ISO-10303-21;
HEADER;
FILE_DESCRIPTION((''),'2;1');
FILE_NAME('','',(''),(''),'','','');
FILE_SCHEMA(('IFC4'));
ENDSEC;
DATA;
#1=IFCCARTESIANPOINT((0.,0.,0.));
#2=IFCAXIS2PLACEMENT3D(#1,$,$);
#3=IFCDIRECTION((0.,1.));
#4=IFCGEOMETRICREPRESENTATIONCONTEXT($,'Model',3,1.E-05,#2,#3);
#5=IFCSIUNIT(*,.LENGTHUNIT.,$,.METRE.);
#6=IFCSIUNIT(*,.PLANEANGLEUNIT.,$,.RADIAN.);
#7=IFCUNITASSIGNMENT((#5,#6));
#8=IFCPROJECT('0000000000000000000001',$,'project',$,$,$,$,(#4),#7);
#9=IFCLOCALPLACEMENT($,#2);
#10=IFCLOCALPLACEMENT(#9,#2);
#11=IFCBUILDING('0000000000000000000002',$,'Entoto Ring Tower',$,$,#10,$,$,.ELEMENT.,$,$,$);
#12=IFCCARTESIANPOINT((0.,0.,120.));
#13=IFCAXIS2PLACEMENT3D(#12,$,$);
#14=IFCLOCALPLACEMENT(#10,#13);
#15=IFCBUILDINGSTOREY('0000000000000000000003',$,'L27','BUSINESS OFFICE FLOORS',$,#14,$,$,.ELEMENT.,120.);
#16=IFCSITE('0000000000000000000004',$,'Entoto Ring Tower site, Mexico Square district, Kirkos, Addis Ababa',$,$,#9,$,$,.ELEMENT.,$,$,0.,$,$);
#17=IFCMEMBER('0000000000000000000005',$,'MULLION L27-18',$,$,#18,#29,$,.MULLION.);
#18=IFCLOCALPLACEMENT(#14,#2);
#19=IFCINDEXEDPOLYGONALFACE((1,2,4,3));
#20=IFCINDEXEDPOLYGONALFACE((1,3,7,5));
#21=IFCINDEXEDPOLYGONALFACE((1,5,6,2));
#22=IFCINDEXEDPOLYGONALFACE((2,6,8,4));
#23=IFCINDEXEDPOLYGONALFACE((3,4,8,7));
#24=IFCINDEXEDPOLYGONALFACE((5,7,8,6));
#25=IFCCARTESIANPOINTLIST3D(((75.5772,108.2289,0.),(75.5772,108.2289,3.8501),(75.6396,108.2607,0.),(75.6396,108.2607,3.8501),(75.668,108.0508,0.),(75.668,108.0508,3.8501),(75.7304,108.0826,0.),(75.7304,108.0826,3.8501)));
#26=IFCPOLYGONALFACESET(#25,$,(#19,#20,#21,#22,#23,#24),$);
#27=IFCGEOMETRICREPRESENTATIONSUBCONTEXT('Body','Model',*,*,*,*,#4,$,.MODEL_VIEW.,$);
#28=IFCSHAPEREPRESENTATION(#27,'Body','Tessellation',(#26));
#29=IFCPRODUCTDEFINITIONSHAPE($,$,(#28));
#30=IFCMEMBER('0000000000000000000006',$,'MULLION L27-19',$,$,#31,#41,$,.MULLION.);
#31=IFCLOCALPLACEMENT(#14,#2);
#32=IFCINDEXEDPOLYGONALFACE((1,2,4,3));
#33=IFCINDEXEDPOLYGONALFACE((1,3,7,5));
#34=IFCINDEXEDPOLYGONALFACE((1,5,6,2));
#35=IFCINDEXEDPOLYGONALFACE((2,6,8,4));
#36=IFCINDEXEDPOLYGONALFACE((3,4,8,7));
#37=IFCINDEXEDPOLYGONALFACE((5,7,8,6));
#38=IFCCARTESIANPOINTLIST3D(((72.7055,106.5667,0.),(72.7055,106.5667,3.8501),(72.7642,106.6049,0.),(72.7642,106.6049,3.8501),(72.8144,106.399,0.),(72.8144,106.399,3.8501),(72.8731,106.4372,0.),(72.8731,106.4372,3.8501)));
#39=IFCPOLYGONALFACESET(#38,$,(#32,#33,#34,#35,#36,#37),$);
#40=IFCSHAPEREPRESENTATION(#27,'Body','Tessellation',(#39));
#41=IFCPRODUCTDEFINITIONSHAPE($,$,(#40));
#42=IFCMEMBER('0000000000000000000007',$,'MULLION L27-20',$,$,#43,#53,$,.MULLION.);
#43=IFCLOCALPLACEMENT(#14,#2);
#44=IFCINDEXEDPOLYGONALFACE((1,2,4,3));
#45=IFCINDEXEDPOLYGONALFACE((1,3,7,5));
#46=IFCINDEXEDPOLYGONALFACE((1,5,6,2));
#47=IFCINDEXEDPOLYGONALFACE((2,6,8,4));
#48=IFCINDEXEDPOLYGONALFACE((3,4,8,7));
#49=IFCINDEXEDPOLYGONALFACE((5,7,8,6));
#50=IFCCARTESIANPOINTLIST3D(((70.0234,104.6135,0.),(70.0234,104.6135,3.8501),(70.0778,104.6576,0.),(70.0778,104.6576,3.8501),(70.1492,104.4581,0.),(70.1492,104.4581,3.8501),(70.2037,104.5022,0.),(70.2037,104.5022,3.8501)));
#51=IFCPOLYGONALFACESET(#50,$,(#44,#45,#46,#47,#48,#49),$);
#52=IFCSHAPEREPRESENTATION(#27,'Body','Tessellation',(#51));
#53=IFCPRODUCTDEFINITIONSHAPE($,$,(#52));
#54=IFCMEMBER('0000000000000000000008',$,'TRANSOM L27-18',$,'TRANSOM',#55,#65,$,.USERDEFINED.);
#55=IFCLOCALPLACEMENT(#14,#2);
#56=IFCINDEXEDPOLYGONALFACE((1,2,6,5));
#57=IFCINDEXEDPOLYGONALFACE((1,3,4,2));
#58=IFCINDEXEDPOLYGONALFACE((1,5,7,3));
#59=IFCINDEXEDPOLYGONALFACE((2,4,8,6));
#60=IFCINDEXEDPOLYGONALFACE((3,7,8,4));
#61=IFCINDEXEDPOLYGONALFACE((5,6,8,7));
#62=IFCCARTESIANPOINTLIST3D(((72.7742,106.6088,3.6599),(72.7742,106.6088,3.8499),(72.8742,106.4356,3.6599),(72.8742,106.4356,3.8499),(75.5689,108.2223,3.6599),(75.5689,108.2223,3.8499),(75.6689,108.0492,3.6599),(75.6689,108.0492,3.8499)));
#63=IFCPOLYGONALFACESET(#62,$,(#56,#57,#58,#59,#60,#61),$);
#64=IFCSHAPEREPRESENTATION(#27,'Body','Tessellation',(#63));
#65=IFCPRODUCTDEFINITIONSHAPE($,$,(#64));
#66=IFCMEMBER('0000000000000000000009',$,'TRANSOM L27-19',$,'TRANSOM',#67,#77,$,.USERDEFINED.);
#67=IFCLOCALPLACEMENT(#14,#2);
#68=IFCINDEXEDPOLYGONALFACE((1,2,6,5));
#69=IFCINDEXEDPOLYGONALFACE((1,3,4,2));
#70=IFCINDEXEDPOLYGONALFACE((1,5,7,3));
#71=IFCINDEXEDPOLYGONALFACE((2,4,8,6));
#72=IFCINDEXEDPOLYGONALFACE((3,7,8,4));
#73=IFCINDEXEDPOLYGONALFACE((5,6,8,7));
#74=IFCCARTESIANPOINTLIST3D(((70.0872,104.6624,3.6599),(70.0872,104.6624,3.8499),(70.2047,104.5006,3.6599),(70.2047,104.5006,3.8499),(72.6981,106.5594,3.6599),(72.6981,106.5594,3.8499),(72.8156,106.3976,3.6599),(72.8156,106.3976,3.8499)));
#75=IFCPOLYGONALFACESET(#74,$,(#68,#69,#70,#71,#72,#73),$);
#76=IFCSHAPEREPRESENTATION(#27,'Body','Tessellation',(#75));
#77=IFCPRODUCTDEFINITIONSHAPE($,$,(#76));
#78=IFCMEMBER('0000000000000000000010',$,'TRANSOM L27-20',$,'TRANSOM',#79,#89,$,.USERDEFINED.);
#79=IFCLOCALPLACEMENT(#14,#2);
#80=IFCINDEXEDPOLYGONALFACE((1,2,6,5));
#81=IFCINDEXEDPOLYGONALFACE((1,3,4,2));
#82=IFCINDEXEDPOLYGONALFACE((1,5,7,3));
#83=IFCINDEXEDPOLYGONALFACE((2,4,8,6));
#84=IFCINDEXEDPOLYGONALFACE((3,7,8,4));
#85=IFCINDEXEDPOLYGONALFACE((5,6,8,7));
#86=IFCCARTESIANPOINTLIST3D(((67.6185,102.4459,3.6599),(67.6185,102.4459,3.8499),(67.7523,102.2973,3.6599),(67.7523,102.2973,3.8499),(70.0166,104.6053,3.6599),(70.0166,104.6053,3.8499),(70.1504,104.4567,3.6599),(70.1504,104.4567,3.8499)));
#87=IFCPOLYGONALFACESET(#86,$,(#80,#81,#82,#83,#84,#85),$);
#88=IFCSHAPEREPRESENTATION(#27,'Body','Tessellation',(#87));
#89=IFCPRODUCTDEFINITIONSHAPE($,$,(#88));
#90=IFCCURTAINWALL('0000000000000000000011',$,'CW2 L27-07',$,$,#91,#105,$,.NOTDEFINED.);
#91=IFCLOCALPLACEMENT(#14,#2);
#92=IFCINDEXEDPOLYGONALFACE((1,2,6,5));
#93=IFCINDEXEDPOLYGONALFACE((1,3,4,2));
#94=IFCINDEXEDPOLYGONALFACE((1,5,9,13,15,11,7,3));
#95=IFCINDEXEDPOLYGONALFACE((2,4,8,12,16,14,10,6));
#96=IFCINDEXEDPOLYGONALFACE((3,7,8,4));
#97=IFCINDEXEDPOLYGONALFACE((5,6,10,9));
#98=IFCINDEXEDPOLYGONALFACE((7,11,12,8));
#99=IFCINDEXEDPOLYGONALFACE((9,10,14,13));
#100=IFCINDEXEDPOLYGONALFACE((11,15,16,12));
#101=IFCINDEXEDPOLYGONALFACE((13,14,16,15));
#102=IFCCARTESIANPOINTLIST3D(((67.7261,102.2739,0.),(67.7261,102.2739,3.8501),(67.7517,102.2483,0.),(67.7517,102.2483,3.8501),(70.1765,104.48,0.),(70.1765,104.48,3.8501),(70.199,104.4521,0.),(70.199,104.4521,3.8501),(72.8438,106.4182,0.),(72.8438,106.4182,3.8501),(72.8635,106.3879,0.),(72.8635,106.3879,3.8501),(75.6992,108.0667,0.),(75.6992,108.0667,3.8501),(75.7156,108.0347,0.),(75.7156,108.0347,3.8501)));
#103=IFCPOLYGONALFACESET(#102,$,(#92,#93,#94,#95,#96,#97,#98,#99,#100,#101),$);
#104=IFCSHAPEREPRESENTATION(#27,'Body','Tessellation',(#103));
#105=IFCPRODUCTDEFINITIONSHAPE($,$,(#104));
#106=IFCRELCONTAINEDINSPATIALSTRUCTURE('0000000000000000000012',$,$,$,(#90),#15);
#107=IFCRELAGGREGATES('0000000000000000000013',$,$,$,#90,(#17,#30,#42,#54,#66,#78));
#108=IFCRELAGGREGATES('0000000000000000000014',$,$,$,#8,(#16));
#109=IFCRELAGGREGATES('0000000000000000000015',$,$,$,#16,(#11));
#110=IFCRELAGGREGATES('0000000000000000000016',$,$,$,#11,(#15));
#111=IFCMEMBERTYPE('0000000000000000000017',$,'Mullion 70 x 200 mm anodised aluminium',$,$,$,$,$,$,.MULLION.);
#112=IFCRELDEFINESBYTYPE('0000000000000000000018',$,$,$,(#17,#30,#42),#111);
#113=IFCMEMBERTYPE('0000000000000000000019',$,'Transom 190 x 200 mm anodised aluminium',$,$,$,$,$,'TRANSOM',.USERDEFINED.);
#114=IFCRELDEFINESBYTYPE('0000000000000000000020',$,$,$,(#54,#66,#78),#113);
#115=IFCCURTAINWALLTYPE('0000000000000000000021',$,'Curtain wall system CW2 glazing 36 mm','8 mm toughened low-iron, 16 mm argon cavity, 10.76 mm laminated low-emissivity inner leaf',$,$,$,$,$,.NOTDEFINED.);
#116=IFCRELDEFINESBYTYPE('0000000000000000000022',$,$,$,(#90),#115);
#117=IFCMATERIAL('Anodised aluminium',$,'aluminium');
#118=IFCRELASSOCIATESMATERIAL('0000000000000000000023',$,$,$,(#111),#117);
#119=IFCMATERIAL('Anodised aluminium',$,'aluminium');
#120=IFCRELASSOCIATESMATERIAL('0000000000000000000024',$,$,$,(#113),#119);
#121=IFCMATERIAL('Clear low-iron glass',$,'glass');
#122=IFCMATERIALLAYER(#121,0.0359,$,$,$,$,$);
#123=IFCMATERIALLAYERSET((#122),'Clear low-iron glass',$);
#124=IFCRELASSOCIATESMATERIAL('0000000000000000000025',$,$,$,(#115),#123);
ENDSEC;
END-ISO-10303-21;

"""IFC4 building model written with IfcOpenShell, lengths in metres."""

from ifc_helpers import new_model, si_unit, direction, frame, origin, origin_2d, place, context, subcontext, project, spatial, polyline, rectangle, outline, extrude, material, layer, layer_set, material_profile, profile_set, type_object, element, aggregate, save


model = new_model("IFC4")

# Units and contexts
model_context = context("Model", 3, precision=1e-05, world=origin(), true_north=direction((0.0, 1.0)))
body_context = subcontext(model_context, "Body", "Model", "MODEL_VIEW")
ifc_project = project(units=[si_unit("LENGTHUNIT", "METRE"), si_unit("PLANEANGLEUNIT", "RADIAN")], contexts=[model_context])

# Members
ifc_material_1 = material(Name="Anodised aluminium", Category="aluminium")
ifc_material_profile_1 = material_profile(ifc_material_1, rectangle(XDim=0.0701, YDim=0.2, at=origin_2d()), Name="Mullion 70 x 200 mm anodised aluminium")
ifc_profile_set_1 = profile_set([ifc_material_profile_1], Name="Anodised aluminium")
member_type_1 = type_object("IfcMemberType", Name="Mullion 70 x 200 mm anodised aluminium", PredefinedType="MULLION", material=ifc_profile_set_1)
site_placement = place(None, origin())
building_placement = place(site_placement, origin())
storey_placement = place(building_placement, frame((0.0, 0.0, 120.0)))
member_1_placement = place(storey_placement, frame((75.6538, 108.1558, 0.0), z_axis=(0.0, 0.0, 1.0), x_axis=(-0.891007, -0.45399, 0.0)))
member_1 = element("IfcMember", 1, at=member_1_placement, type_object=member_type_1, Name="MULLION L27-18", PredefinedType="MULLION", context=body_context, shape_type="SweptSolid", body=[
    extrude(rectangle(XDim=0.0701, YDim=0.2, at=origin_2d()), origin(), (0.0, 0.0, 1.0), 3.8501),
])
member_2_placement = place(storey_placement, frame((72.7893, 106.502, 0.0), z_axis=(0.0, 0.0, 1.0), x_axis=(-0.838671, -0.544639, 0.0)))
member_2 = element("IfcMember", 2, at=member_2_placement, type_object=member_type_1, Name="MULLION L27-19", PredefinedType="MULLION", context=body_context, shape_type="SweptSolid", body=[
    extrude(rectangle(XDim=0.0701, YDim=0.2, at=origin_2d()), origin(), (0.0, 0.0, 1.0), 3.8501),
])
member_3_placement = place(storey_placement, frame((70.1135, 104.5579, 0.0), z_axis=(0.0, 0.0, 1.0), x_axis=(-0.777146, -0.62932, 0.0)))
member_3 = element("IfcMember", 3, at=member_3_placement, type_object=member_type_1, Name="MULLION L27-20", PredefinedType="MULLION", context=body_context, shape_type="SweptSolid", body=[
    extrude(rectangle(XDim=0.0701, YDim=0.2, at=origin_2d()), origin(), (0.0, 0.0, 1.0), 3.8501),
])
ifc_material_2 = material(Name="Anodised aluminium", Category="aluminium")
ifc_material_profile_2 = material_profile(ifc_material_2, rectangle(XDim=0.2, YDim=0.1899, at=origin_2d()), Name="Transom 190 x 200 mm anodised aluminium")
ifc_profile_set_2 = profile_set([ifc_material_profile_2], Name="Anodised aluminium")
member_type_2 = type_object("IfcMemberType", Name="Transom 190 x 200 mm anodised aluminium", ElementType="TRANSOM", PredefinedType="USERDEFINED", material=ifc_profile_set_2)
member_4_placement = place(storey_placement, frame((75.6189, 108.1357, 3.7549), z_axis=(-0.866023, -0.500004, 0.0), x_axis=(0.500004, -0.866023, 0.0)))
member_4 = element("IfcMember", 4, at=member_4_placement, type_object=member_type_2, Name="TRANSOM L27-18", ObjectType="TRANSOM", PredefinedType="USERDEFINED", context=body_context, shape_type="SweptSolid", body=[
    extrude(rectangle(XDim=0.2, YDim=0.1899, at=origin_2d()), origin(), (0.0, 0.0, 1.0), 3.2271),
])
member_5_placement = place(storey_placement, frame((72.7568, 106.4785, 3.7549), z_axis=(-0.809004, -0.587803, 0.0), x_axis=(0.587803, -0.809004, 0.0)))
member_5 = element("IfcMember", 5, at=member_5_placement, type_object=member_type_2, Name="TRANSOM L27-19", ObjectType="TRANSOM", PredefinedType="USERDEFINED", context=body_context, shape_type="SweptSolid", body=[
    extrude(rectangle(XDim=0.2, YDim=0.1899, at=origin_2d()), origin(), (0.0, 0.0, 1.0), 3.2273),
])
member_6_placement = place(storey_placement, frame((70.0835, 104.531, 3.7549), z_axis=(-0.743132, -0.669144, 0.0), x_axis=(0.669144, -0.743132, 0.0)))
member_6 = element("IfcMember", 6, at=member_6_placement, type_object=member_type_2, Name="TRANSOM L27-20", ObjectType="TRANSOM", PredefinedType="USERDEFINED", context=body_context, shape_type="SweptSolid", body=[
    extrude(rectangle(XDim=0.2, YDim=0.1899, at=origin_2d()), origin(), (0.0, 0.0, 1.0), 3.2271),
])

# Site, building, storey
site = spatial("IfcSite", under=ifc_project, at=site_placement, Name="Entoto Ring Tower site, Mexico Square district, Kirkos, Addis Ababa", CompositionType="ELEMENT", RefElevation=0.0)
building = spatial("IfcBuilding", under=site, at=building_placement, Name="Entoto Ring Tower", CompositionType="ELEMENT")
storey = spatial("IfcBuildingStorey", under=building, at=storey_placement, Name="L27", Description="BUSINESS OFFICE FLOORS", CompositionType="ELEMENT", Elevation=120.0)

# Curtain wall
ifc_material_3 = material(Name="Clear low-iron glass", Category="glass")
ifc_layer = layer(ifc_material_3, 0.0359)
ifc_layer_set = layer_set([ifc_layer], Name="Clear low-iron glass")
curtain_wall_type = type_object("IfcCurtainWallType", Name="Curtain wall system CW2 glazing 36 mm", Description="8 mm toughened low-iron, 16 mm argon cavity, 10.76 mm laminated low-emissivity inner leaf", PredefinedType="NOTDEFINED", material=ifc_layer_set)
curtain_wall_1_placement = place(storey_placement, origin())
curtain_wall_1 = element("IfcCurtainWall", 7, at=curtain_wall_1_placement, inside=storey, type_object=curtain_wall_type, Name="CW2 L27-07", PredefinedType="NOTDEFINED", context=body_context, shape_type="SweptSolid", body=[
    extrude(outline(polyline([(75.6992, 108.0667), (72.8438, 106.4182), (70.1765, 104.48), (67.7261, 102.2739), (67.7517, 102.2483), (70.199, 104.4521), (72.8635, 106.3879), (75.7156, 108.0347), (75.6992, 108.0667)])), origin(), (0.0, 0.0, 1.0), 3.8501),
])
aggregate(curtain_wall_1, [member_1, member_2, member_3, member_4, member_5, member_6])

save(model, "model.ifc")
